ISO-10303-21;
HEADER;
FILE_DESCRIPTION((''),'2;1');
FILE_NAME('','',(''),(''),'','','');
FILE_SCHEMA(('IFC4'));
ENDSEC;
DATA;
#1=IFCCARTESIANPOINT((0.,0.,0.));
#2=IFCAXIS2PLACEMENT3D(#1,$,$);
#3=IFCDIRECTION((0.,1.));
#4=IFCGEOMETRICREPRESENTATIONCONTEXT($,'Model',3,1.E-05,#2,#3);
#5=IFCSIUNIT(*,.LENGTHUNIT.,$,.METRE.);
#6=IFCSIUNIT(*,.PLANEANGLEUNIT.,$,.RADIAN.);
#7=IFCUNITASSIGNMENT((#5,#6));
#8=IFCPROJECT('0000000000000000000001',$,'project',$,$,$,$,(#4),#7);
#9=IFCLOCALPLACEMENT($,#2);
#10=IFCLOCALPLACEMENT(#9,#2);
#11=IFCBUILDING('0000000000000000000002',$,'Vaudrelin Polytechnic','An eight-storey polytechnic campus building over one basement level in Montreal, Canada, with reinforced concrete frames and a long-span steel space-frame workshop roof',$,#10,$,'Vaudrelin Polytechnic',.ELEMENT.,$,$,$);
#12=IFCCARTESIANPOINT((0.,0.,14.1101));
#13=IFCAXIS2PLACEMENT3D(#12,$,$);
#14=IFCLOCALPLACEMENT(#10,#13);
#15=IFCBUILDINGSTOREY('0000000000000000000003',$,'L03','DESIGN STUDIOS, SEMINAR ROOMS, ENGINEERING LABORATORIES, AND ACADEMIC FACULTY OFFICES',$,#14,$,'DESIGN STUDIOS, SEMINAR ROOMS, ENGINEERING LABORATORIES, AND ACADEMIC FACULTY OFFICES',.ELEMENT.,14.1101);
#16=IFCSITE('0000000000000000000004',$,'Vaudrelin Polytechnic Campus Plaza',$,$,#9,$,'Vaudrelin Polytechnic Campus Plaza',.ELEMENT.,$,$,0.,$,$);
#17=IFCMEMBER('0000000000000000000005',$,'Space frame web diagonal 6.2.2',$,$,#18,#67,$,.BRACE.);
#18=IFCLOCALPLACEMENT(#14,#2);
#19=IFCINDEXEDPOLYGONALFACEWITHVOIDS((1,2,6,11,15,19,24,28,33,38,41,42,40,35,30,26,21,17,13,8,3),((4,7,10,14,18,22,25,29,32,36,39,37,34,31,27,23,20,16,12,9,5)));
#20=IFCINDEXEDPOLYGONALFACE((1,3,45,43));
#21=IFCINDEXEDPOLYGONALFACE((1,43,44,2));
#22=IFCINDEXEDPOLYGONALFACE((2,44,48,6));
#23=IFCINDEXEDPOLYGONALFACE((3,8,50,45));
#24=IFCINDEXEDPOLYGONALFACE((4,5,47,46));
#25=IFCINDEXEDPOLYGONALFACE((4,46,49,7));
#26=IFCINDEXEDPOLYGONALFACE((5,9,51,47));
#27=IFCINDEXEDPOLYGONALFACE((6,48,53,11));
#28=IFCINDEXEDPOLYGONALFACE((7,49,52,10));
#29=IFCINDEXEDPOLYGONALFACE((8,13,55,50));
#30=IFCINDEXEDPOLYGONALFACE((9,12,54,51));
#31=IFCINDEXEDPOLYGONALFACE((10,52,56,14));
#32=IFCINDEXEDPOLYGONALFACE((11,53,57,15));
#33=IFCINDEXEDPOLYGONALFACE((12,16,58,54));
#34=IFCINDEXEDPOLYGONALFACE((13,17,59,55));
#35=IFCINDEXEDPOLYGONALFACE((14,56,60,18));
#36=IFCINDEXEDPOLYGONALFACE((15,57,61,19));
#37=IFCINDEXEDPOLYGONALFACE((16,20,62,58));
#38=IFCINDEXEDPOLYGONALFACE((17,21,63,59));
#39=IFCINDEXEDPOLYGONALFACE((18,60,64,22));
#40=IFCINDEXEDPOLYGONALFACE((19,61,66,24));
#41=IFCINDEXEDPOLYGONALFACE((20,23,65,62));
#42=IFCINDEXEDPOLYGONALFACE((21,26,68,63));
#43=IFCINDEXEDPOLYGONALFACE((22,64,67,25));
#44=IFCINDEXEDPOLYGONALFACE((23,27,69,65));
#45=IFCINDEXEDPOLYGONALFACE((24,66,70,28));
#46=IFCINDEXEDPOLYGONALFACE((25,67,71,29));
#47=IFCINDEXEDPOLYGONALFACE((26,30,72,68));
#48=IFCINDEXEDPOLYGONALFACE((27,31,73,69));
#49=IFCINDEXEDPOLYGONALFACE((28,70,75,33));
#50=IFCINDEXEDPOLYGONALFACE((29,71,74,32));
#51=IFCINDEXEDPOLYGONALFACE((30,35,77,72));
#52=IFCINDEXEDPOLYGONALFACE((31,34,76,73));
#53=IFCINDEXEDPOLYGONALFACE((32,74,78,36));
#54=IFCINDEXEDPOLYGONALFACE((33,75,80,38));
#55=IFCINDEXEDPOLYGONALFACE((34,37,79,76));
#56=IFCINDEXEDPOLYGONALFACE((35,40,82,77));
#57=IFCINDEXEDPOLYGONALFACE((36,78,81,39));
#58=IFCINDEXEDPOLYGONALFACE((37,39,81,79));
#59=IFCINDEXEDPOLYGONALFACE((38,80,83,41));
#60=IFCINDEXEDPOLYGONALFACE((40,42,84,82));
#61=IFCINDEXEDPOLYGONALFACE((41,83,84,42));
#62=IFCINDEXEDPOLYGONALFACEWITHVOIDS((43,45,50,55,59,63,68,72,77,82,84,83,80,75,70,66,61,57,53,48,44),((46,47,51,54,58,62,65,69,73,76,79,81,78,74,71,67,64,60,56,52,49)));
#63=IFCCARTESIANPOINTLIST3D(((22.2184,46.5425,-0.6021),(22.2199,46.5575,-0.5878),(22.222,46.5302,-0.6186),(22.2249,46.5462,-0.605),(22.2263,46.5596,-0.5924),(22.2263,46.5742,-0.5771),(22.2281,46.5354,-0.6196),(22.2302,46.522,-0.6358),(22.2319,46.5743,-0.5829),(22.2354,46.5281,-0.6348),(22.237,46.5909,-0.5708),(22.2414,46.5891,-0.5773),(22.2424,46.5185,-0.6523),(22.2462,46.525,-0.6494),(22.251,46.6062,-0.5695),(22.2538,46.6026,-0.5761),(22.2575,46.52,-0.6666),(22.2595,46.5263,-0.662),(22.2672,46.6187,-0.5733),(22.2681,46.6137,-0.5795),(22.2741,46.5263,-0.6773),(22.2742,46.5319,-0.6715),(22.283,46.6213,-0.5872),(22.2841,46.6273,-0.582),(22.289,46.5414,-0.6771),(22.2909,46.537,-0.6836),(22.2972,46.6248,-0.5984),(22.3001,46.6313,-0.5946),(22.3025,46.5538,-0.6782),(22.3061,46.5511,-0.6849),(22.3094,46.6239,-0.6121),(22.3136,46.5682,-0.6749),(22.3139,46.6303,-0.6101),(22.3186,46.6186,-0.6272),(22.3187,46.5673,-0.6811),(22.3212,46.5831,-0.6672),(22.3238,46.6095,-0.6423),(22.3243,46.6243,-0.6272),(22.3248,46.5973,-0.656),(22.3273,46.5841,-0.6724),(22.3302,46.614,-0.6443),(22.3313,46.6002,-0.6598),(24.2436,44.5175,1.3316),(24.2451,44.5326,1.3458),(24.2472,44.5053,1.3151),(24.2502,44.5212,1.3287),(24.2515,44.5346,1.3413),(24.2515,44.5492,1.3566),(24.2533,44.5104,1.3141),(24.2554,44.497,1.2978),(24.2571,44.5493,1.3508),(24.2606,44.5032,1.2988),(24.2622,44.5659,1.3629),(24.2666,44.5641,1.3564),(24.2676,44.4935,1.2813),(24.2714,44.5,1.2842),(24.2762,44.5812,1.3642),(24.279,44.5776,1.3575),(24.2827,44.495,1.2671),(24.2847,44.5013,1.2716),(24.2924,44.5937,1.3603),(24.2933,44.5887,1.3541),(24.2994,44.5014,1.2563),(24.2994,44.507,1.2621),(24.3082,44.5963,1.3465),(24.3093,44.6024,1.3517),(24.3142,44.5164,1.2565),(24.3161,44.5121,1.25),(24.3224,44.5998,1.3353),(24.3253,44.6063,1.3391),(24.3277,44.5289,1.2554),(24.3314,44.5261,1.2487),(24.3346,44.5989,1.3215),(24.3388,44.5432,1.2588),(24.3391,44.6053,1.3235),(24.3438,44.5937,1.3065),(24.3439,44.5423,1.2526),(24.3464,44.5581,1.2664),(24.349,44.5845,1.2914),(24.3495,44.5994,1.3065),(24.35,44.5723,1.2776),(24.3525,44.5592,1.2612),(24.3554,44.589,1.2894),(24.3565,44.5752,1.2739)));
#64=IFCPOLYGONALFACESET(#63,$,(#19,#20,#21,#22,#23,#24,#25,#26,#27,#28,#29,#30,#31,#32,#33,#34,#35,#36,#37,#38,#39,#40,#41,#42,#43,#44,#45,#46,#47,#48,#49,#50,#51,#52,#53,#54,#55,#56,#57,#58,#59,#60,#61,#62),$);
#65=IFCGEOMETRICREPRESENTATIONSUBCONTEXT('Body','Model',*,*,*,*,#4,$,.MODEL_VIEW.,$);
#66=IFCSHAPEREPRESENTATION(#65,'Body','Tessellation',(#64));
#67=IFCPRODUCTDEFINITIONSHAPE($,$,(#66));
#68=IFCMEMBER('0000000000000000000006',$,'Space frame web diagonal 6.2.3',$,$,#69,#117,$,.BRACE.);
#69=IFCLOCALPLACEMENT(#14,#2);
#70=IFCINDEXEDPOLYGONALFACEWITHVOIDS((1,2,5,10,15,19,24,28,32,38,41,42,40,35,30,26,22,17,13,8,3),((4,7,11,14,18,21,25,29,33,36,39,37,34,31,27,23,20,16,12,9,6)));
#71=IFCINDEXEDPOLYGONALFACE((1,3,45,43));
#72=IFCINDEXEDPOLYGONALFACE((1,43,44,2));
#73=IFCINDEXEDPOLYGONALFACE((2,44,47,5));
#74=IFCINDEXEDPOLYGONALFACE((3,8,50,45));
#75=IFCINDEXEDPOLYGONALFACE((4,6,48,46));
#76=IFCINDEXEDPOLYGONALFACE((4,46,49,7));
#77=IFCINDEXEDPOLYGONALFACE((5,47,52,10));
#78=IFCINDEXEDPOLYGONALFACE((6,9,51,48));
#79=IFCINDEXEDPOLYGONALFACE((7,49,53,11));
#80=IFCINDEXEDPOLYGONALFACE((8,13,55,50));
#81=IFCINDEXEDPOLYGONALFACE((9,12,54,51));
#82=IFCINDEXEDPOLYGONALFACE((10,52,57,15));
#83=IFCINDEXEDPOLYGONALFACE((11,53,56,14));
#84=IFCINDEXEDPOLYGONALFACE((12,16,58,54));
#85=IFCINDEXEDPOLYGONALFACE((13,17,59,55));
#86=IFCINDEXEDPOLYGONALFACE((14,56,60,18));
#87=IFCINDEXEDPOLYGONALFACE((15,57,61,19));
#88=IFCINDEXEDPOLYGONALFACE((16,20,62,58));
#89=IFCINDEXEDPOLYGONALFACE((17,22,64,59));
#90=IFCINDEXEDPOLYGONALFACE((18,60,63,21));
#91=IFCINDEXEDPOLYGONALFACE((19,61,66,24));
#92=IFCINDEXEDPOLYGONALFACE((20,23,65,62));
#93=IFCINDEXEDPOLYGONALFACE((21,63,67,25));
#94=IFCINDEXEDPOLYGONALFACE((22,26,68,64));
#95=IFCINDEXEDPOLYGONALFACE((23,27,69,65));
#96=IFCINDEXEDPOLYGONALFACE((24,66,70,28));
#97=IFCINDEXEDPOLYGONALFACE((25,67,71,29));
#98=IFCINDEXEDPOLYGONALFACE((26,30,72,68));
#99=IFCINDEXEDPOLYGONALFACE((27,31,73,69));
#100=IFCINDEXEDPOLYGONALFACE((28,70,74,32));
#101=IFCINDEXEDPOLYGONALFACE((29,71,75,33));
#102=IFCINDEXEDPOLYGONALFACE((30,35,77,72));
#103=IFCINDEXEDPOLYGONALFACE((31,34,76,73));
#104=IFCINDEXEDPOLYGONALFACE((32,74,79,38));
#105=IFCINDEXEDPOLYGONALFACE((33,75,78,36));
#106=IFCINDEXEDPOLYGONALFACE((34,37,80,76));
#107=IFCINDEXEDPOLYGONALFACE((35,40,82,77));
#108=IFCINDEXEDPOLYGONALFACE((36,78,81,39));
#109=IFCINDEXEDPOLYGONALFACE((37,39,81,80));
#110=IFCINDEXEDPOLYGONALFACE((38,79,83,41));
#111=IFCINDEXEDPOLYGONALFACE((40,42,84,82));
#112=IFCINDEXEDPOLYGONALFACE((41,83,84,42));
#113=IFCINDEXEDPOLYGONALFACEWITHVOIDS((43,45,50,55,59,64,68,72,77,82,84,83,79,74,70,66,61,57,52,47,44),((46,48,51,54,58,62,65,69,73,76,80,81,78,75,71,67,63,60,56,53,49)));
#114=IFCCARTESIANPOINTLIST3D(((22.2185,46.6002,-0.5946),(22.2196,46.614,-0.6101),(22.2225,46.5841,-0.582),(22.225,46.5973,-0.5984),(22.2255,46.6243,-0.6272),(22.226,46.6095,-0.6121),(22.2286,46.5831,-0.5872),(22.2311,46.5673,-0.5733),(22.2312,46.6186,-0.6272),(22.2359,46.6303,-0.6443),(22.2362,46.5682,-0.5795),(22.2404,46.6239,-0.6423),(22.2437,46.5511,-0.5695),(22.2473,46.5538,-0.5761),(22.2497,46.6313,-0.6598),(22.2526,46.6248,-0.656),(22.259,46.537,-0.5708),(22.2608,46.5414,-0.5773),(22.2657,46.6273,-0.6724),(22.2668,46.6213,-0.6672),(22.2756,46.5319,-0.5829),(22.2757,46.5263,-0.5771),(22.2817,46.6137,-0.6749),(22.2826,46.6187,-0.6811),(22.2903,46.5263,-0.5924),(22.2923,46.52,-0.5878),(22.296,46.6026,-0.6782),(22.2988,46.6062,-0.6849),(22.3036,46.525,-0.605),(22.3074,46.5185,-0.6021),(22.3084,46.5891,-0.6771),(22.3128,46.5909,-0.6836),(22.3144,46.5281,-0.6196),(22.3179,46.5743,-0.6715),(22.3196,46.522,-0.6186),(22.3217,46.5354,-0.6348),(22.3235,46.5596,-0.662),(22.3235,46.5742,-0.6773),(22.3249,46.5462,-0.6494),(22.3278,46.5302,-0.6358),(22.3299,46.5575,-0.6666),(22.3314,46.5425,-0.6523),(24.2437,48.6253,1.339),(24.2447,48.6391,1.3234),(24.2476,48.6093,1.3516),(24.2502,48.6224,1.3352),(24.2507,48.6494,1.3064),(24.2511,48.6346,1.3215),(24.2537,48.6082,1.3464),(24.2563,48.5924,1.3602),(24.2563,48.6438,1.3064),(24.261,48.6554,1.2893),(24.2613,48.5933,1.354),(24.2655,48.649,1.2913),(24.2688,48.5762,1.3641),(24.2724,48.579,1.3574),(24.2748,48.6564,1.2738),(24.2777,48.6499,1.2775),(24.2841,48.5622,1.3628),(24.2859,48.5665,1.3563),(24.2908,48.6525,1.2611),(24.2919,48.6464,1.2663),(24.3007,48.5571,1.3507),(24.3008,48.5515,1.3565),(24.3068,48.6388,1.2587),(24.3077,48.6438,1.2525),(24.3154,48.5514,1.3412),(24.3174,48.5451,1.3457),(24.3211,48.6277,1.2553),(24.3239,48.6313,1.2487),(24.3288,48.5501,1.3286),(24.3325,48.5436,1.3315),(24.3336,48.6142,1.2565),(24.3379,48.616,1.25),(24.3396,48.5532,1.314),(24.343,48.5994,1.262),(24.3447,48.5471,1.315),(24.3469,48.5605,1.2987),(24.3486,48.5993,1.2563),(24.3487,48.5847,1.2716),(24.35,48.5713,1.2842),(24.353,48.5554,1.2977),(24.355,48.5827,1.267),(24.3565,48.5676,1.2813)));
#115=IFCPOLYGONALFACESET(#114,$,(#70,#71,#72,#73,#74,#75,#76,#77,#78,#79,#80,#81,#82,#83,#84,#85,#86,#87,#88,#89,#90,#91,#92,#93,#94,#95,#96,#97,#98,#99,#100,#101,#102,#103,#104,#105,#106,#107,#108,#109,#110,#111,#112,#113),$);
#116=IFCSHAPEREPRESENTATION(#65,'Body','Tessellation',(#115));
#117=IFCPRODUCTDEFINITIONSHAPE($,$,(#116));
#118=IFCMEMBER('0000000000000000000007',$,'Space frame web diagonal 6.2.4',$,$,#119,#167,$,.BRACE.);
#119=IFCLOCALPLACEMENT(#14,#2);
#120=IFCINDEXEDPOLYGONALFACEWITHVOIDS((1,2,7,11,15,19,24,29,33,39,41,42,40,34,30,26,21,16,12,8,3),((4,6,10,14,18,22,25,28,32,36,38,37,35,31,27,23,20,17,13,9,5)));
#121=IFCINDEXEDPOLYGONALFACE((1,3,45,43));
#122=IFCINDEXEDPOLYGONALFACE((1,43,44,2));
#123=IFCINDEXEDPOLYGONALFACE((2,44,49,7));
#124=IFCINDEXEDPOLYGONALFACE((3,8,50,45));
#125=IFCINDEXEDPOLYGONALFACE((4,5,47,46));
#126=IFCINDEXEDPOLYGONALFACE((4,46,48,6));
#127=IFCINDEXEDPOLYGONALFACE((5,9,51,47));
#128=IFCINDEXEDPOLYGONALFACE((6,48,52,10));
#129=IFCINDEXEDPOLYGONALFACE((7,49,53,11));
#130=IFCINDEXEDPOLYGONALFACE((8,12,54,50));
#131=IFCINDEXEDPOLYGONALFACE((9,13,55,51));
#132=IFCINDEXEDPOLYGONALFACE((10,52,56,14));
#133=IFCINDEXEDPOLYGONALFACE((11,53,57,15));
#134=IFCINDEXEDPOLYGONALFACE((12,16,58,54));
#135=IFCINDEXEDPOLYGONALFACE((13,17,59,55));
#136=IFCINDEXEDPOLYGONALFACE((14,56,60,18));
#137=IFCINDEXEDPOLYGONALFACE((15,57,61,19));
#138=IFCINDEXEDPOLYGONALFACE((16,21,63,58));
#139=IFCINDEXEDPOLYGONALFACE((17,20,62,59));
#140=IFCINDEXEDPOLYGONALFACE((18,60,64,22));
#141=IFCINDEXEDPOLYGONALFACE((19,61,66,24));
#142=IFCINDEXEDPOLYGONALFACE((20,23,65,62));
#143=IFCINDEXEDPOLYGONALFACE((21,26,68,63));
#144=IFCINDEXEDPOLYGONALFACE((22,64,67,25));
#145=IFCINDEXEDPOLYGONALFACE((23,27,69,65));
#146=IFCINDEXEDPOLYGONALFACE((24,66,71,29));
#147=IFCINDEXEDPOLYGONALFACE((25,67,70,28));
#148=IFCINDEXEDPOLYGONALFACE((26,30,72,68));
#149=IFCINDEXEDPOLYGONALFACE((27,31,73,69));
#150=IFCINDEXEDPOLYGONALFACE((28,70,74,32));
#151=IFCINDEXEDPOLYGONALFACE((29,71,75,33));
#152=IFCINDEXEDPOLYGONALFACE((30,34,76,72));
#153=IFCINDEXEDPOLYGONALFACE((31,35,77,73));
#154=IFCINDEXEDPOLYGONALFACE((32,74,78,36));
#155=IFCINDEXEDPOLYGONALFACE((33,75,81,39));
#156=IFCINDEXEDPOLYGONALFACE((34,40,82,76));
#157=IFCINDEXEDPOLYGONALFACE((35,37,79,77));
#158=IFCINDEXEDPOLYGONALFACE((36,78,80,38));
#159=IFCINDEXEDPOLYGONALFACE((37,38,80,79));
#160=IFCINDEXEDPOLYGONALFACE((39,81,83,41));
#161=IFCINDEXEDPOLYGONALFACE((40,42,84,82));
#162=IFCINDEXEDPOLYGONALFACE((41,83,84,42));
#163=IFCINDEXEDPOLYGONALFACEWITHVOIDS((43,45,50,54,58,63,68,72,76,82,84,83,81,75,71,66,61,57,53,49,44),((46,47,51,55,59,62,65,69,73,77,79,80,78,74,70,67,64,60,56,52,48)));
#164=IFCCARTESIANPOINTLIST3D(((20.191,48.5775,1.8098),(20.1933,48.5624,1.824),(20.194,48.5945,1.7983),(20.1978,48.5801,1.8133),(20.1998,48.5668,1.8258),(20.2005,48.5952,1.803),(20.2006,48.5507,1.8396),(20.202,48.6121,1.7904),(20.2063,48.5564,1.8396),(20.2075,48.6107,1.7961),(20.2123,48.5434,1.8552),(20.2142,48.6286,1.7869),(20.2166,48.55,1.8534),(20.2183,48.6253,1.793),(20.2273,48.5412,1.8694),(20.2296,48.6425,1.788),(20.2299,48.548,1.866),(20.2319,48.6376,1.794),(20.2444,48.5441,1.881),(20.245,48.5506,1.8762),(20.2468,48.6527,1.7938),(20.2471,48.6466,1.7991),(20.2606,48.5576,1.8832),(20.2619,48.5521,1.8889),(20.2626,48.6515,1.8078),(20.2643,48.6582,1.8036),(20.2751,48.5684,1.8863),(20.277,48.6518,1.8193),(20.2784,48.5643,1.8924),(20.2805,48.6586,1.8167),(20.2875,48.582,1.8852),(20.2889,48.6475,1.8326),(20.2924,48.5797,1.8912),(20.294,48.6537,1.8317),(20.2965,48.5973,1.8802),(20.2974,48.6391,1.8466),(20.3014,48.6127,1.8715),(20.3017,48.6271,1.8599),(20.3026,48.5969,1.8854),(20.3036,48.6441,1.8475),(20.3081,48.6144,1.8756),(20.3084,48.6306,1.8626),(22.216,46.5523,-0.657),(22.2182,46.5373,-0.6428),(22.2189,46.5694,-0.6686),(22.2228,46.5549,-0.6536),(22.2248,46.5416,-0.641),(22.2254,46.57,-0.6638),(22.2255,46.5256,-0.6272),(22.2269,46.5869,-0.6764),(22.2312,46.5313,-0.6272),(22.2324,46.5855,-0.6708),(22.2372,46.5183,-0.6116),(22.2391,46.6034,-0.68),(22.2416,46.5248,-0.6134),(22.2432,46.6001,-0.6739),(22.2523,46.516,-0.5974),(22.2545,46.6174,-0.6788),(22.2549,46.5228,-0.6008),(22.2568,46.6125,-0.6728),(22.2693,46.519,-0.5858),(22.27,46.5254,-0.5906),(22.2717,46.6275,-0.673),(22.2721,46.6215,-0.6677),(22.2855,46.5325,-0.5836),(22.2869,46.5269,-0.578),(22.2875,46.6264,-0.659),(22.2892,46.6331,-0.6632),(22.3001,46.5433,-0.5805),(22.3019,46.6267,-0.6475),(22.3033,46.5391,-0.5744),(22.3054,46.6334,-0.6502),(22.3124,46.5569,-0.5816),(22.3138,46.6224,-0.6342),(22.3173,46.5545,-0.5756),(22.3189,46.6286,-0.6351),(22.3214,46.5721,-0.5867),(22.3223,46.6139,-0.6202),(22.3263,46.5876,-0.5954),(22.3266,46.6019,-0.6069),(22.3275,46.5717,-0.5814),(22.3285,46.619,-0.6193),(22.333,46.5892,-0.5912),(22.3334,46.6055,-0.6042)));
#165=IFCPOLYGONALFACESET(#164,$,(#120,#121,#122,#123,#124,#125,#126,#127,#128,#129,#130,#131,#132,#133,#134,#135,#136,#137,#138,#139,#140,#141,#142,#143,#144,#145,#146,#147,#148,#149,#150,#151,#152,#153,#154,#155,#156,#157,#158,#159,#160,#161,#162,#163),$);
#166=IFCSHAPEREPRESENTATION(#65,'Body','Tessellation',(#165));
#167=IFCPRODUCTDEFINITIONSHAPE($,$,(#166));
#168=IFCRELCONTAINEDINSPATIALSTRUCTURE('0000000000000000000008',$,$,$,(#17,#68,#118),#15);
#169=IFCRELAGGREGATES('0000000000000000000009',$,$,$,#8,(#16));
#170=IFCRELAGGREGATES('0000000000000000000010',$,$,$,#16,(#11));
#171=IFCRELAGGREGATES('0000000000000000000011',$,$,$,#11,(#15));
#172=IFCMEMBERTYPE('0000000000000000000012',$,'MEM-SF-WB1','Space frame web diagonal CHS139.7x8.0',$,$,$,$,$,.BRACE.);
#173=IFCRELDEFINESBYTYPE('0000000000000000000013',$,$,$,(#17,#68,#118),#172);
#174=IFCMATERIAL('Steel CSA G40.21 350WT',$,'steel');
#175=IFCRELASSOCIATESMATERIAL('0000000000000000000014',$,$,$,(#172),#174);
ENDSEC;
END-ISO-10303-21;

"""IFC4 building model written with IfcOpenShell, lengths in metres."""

from ifc_helpers import new_model, si_unit, direction, frame, origin, origin_2d, place, context, subcontext, project, spatial, hollow_circle, extrude, material, material_profile, profile_set, type_object, element, save


model = new_model("IFC4")

# Units and contexts
model_context = context("Model", 3, precision=1e-05, world=origin(), true_north=direction((0.0, 1.0)))
body_context = subcontext(model_context, "Body", "Model", "MODEL_VIEW")
ifc_project = project(units=[si_unit("LENGTHUNIT", "METRE"), si_unit("PLANEANGLEUNIT", "RADIAN")], contexts=[model_context])

# Site, building, storey
site_placement = place(None, origin())
site = spatial("IfcSite", under=ifc_project, at=site_placement, Name="Vaudrelin Polytechnic Campus Plaza", LongName="Vaudrelin Polytechnic Campus Plaza", CompositionType="ELEMENT", RefElevation=0.0)
building_placement = place(site_placement, origin())
building = spatial("IfcBuilding", under=site, at=building_placement, Name="Vaudrelin Polytechnic", Description="An eight-storey polytechnic campus building over one basement level in Montreal, Canada, with reinforced concrete frames and a long-span steel space-frame workshop roof", LongName="Vaudrelin Polytechnic", CompositionType="ELEMENT")
storey_placement = place(building_placement, frame((0.0, 0.0, 14.1101)))
storey = spatial("IfcBuildingStorey", under=building, at=storey_placement, Name="L03", Description="DESIGN STUDIOS, SEMINAR ROOMS, ENGINEERING LABORATORIES, AND ACADEMIC FACULTY OFFICES", LongName="DESIGN STUDIOS, SEMINAR ROOMS, ENGINEERING LABORATORIES, AND ACADEMIC FACULTY OFFICES", CompositionType="ELEMENT", Elevation=14.1101)

# Members
ifc_material = material(Name="Steel CSA G40.21 350WT", Category="steel")
ifc_material_profile_1 = material_profile(ifc_material, hollow_circle(Radius=0.0698, WallThickness=0.0081, at=origin_2d()), Name="CHS139.7x8.0")
ifc_profile_set_1 = profile_set([ifc_material_profile_1], Name="Steel CSA G40.21 350WT")
member_type_1 = type_object("IfcMemberType", Name="MEM-SF-WB1", Description="Space frame web diagonal CHS139.7x8.0", PredefinedType="BRACE", material=ifc_profile_set_1)
for number, where, z_axis, x_axis, name in (
    (1, (22.2749, 46.575, -0.6272), (0.586071, -0.586, 0.559576), (0.707064, 0.707149, 0.0), "Space frame web diagonal 6.2.2"),
    (2, (22.2749, 46.575, -0.6272), (0.586046, 0.586046, 0.559553), (-0.707107, 0.707107, 0.0), "Space frame web diagonal 6.2.3"),
):
    element("IfcMember", number, at=place(storey_placement, frame(where, z_axis=z_axis, x_axis=x_axis)), inside=storey, type_object=member_type_1, Name=name, PredefinedType="BRACE", context=body_context, shape_type="SweptSolid", body=[
        extrude(hollow_circle(Radius=0.0698, WallThickness=0.0081, at=origin_2d()), origin(), (0.0, 0.0, 1.0), 3.4556),
    ])
member_1_placement = place(storey_placement, frame((22.2749, 46.575, -0.6272), z_axis=(-0.535723, 0.535788, 0.652634), x_axis=(-0.707149, -0.707064, 0.0)))
element("IfcMember", 3, at=member_1_placement, inside=storey, type_object=member_type_1, Name="Space frame web diagonal 6.2.4", PredefinedType="BRACE", context=body_context, shape_type="SweptSolid", body=[
    extrude(hollow_circle(Radius=0.0698, WallThickness=0.0081, at=origin_2d()), origin(), (0.0, 0.0, 1.0), 3.7798),
])

save(model, "model.ifc")
